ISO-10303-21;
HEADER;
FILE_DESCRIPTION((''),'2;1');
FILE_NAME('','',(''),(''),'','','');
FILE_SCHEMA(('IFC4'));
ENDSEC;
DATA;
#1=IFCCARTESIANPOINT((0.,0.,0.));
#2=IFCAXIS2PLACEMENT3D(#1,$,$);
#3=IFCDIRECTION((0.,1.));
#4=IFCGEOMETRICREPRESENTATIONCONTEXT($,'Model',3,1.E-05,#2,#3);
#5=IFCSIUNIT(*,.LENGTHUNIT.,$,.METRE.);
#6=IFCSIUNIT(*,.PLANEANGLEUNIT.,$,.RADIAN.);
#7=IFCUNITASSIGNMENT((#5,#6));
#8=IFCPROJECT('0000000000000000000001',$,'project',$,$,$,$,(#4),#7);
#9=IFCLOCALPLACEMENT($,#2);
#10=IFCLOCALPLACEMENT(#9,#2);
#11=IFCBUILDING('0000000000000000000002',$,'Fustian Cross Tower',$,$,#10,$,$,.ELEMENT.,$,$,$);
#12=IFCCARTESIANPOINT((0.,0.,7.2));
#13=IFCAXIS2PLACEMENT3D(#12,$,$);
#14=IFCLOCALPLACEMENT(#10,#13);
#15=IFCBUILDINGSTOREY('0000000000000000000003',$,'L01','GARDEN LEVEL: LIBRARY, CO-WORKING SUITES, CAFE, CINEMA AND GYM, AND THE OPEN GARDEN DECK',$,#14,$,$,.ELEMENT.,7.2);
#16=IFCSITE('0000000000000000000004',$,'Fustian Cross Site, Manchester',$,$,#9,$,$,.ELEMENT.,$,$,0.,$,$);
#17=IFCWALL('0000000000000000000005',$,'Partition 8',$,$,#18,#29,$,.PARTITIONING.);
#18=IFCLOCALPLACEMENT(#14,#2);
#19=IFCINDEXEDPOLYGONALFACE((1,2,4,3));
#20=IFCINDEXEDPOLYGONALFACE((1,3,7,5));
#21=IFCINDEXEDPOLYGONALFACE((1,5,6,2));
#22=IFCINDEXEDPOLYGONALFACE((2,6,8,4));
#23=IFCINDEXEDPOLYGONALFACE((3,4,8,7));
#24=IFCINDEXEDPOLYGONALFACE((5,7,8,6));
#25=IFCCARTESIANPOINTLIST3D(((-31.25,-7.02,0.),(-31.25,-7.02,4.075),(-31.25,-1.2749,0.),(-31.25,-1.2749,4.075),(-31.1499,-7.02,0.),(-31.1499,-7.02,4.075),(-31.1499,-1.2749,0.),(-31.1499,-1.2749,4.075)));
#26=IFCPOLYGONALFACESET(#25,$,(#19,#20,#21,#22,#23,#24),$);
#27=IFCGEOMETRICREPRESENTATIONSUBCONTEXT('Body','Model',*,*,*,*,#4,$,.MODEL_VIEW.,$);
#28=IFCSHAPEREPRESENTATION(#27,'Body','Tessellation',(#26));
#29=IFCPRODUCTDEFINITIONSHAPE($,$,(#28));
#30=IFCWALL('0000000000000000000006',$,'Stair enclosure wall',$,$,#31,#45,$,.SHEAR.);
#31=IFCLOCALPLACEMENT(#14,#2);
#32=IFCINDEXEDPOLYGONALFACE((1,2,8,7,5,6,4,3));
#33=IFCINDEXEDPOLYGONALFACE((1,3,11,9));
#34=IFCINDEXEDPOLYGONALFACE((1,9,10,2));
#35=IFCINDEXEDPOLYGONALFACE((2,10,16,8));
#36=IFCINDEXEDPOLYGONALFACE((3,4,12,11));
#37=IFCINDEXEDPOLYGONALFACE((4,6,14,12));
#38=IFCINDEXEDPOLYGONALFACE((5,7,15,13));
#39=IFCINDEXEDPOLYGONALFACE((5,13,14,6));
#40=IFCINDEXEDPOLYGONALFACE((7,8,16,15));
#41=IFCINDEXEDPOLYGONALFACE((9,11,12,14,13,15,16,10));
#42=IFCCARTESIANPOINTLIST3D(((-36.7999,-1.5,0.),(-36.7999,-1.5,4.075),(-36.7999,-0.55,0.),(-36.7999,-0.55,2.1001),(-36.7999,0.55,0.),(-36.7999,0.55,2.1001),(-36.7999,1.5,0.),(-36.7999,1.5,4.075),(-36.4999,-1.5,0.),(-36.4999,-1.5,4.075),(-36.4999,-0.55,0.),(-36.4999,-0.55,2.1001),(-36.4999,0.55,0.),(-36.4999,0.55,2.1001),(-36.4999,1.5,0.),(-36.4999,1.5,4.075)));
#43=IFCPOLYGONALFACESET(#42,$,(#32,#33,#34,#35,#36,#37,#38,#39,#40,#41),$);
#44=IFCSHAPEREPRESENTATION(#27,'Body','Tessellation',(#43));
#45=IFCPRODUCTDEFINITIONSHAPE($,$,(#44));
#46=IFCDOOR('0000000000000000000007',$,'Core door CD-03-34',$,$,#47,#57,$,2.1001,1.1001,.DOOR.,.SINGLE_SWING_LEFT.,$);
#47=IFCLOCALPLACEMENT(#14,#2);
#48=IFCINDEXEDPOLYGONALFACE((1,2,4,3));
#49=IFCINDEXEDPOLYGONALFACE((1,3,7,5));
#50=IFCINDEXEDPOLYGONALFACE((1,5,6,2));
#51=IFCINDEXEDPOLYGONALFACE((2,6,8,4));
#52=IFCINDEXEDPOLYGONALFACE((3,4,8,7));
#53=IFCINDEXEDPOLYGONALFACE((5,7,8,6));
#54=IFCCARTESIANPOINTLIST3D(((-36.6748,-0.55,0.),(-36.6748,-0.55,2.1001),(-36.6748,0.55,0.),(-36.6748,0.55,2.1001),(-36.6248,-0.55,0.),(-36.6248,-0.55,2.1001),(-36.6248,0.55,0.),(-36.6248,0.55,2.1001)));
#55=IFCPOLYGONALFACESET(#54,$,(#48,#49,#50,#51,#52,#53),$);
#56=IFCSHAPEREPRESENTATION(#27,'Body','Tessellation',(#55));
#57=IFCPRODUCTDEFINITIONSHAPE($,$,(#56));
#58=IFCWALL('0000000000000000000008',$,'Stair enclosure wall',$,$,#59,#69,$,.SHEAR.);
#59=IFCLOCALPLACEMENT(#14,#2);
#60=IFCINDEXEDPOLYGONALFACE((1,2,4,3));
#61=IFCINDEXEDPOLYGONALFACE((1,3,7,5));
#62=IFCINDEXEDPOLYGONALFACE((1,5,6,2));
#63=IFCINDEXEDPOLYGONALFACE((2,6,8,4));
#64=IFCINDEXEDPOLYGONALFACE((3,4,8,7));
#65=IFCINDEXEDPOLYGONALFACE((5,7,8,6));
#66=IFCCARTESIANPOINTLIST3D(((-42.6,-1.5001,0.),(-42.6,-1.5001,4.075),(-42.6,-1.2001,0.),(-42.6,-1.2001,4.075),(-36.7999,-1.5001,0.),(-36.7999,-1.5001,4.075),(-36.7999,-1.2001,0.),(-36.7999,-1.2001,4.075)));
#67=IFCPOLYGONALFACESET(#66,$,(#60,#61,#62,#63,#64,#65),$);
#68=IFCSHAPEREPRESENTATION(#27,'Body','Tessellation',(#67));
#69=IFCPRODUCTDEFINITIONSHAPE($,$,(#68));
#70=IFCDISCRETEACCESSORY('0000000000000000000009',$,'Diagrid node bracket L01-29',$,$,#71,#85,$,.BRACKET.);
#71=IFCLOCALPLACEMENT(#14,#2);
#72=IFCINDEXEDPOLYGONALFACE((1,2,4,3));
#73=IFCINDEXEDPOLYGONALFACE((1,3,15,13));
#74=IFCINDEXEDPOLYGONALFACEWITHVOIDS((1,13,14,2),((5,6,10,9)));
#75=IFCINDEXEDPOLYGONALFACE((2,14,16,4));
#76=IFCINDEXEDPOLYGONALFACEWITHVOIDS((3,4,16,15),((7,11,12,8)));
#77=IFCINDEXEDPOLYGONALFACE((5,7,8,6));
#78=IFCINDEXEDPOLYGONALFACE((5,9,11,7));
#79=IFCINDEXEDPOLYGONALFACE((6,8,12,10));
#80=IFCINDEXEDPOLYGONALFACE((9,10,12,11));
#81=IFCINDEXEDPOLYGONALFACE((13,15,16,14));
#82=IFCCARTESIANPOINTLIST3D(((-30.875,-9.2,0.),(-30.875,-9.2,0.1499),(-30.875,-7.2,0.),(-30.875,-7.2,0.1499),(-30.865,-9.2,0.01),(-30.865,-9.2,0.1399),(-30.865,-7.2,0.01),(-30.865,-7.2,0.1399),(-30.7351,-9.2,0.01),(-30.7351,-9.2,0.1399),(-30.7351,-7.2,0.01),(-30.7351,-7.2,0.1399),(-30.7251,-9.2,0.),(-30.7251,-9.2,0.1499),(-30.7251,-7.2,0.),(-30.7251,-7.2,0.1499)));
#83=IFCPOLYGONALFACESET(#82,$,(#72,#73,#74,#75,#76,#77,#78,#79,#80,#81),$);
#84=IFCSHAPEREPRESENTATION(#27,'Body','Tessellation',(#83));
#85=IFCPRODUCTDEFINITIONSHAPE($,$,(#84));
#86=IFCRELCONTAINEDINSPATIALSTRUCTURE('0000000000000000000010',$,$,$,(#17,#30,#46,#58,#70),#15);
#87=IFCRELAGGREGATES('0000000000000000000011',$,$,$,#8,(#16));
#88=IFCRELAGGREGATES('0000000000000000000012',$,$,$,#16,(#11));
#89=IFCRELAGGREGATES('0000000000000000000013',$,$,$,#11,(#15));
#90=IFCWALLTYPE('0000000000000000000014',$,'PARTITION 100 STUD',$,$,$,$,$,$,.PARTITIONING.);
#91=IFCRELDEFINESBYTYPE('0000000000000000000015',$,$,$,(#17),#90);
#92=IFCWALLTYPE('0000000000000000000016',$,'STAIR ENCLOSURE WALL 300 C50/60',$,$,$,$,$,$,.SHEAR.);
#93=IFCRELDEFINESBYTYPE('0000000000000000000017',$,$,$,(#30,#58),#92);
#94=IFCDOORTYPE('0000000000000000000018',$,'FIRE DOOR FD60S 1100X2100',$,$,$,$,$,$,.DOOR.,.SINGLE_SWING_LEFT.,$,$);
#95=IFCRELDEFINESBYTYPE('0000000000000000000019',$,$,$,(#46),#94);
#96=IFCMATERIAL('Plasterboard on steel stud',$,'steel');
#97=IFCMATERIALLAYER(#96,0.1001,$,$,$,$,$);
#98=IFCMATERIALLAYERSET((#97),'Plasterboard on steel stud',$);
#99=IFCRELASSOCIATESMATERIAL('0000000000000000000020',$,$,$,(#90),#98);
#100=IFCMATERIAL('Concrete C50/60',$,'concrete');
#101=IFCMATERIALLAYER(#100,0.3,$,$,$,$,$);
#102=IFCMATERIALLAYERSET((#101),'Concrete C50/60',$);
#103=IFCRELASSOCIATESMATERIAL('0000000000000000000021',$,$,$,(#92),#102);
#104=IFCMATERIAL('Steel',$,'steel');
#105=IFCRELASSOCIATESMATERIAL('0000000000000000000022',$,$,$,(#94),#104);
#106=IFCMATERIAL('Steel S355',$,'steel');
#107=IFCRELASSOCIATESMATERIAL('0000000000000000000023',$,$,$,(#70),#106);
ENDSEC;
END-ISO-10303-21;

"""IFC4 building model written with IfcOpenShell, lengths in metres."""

from ifc_helpers import new_model, si_unit, direction, frame, frame_2d, origin, origin_2d, place, context, subcontext, project, spatial, rectangle, hollow_rectangle, extrude, material, layer, layer_set, type_object, element, fill, save


model = new_model("IFC4")

# Units and contexts
model_context = context("Model", 3, precision=1e-05, world=origin(), true_north=direction((0.0, 1.0)))
body_context = subcontext(model_context, "Body", "Model", "MODEL_VIEW")
ifc_project = project(units=[si_unit("LENGTHUNIT", "METRE"), si_unit("PLANEANGLEUNIT", "RADIAN")], contexts=[model_context])

# Site, building, storey
site_placement = place(None, origin())
site = spatial("IfcSite", under=ifc_project, at=site_placement, Name="Fustian Cross Site, Manchester", CompositionType="ELEMENT", RefElevation=0.0)
building_placement = place(site_placement, origin())
building = spatial("IfcBuilding", under=site, at=building_placement, Name="Fustian Cross Tower", CompositionType="ELEMENT")
storey_placement = place(building_placement, frame((0.0, 0.0, 7.2)))
storey = spatial("IfcBuildingStorey", under=building, at=storey_placement, Name="L01", Description="GARDEN LEVEL: LIBRARY, CO-WORKING SUITES, CAFE, CINEMA AND GYM, AND THE OPEN GARDEN DECK", CompositionType="ELEMENT", Elevation=7.2)

# Wall
ifc_material_1 = material(Name="Plasterboard on steel stud", Category="steel")
ifc_layer_1 = layer(ifc_material_1, 0.1001)
ifc_layer_set_1 = layer_set([ifc_layer_1], Name="Plasterboard on steel stud")
wall_type_1 = type_object("IfcWallType", Name="PARTITION 100 STUD", PredefinedType="PARTITIONING", material=ifc_layer_set_1)
wall_1_placement = place(storey_placement, frame((-31.2, -7.02, 0.0), z_axis=(0.0, 0.0, 1.0), x_axis=(0.0, 1.0, 0.0)))
element("IfcWall", 1, at=wall_1_placement, inside=storey, type_object=wall_type_1, Name="Partition 8", PredefinedType="PARTITIONING", context=body_context, shape_type="SweptSolid", body=[
    extrude(rectangle(XDim=5.7451, YDim=0.1001, at=frame_2d((2.8726, 0.0))), origin(), (0.0, 0.0, 1.0), 4.075),
])

# Wall, opening, door
ifc_material_2 = material(Name="Concrete C50/60", Category="concrete")
ifc_layer_2 = layer(ifc_material_2, 0.3)
ifc_layer_set_2 = layer_set([ifc_layer_2], Name="Concrete C50/60")
wall_type_2 = type_object("IfcWallType", Name="STAIR ENCLOSURE WALL 300 C50/60", PredefinedType="SHEAR", material=ifc_layer_set_2)
wall_2_placement = place(storey_placement, frame((-36.6499, -1.5, 0.0), z_axis=(0.0, 0.0, 1.0), x_axis=(0.0, 1.0, 0.0)))
wall_2 = element("IfcWall", 2, at=wall_2_placement, inside=storey, type_object=wall_type_2, Name="Stair enclosure wall", PredefinedType="SHEAR", context=body_context, shape_type="SweptSolid", body=[
    extrude(rectangle(XDim=3.0, YDim=0.3, at=frame_2d((1.5, 0.0))), origin(), (0.0, 0.0, 1.0), 4.075),
])
opening_1_placement = place(wall_2_placement, frame((0.95, 0.0, 0.0)))
opening_1 = element("IfcOpeningElement", 3, at=opening_1_placement, cuts=wall_2, PredefinedType="OPENING", context=body_context, shape_type="SweptSolid", body=[
    extrude(rectangle(XDim=1.1001, YDim=2.1001, at=frame_2d((0.55, 1.05))), frame((0.0, 0.1599, 0.0), z_axis=(0.0, -1.0, 0.0), x_axis=(1.0, 0.0, 0.0)), (0.0, 0.0, 1.0), 0.3201),
])
ifc_material_3 = material(Name="Steel", Category="steel")
door_type_1 = type_object("IfcDoorType", Name="FIRE DOOR FD60S 1100X2100", OperationType="SINGLE_SWING_LEFT", PredefinedType="DOOR", material=ifc_material_3)
door_1_placement = place(opening_1_placement, origin())
door_1 = element("IfcDoor", 4, at=door_1_placement, inside=storey, type_object=door_type_1, Name="Core door CD-03-34", OperationType="SINGLE_SWING_LEFT", OverallHeight=2.1001, OverallWidth=1.1001, PredefinedType="DOOR", context=body_context, shape_type="SweptSolid", body=[
    extrude(rectangle(XDim=1.1001, YDim=2.1001, at=frame_2d((0.55, 1.05))), frame((0.0, 0.0249, 0.0), z_axis=(0.0, -1.0, 0.0), x_axis=(1.0, 0.0, 0.0)), (0.0, 0.0, 1.0), 0.05),
])
fill(opening_1, door_1)

# Wall
wall_3_placement = place(storey_placement, frame((-36.8, -1.3501, 0.0), z_axis=(0.0, 0.0, 1.0), x_axis=(-1.0, 0.0, 0.0)))
element("IfcWall", 5, at=wall_3_placement, inside=storey, type_object=wall_type_2, Name="Stair enclosure wall", PredefinedType="SHEAR", context=body_context, shape_type="SweptSolid", body=[
    extrude(rectangle(XDim=5.8, YDim=0.3, at=frame_2d((2.8999, 0.0))), origin(), (0.0, 0.0, 1.0), 4.075),
])

# Discrete accessory
ifc_material_4 = material(Name="Steel S355", Category="steel")
discrete_accessory_placement = place(storey_placement, frame((-30.8, -9.2, 0.075), z_axis=(0.0, 1.0, 0.0), x_axis=(-1.0, 0.0, 0.0)))
element("IfcDiscreteAccessory", 6, at=discrete_accessory_placement, inside=storey, material=ifc_material_4, Name="Diagrid node bracket L01-29", PredefinedType="BRACKET", context=body_context, shape_type="SweptSolid", body=[
    extrude(hollow_rectangle(XDim=0.1499, YDim=0.1499, WallThickness=0.01, at=origin_2d()), origin(), (0.0, 0.0, 1.0), 2.0),
])

save(model, "model.ifc")
